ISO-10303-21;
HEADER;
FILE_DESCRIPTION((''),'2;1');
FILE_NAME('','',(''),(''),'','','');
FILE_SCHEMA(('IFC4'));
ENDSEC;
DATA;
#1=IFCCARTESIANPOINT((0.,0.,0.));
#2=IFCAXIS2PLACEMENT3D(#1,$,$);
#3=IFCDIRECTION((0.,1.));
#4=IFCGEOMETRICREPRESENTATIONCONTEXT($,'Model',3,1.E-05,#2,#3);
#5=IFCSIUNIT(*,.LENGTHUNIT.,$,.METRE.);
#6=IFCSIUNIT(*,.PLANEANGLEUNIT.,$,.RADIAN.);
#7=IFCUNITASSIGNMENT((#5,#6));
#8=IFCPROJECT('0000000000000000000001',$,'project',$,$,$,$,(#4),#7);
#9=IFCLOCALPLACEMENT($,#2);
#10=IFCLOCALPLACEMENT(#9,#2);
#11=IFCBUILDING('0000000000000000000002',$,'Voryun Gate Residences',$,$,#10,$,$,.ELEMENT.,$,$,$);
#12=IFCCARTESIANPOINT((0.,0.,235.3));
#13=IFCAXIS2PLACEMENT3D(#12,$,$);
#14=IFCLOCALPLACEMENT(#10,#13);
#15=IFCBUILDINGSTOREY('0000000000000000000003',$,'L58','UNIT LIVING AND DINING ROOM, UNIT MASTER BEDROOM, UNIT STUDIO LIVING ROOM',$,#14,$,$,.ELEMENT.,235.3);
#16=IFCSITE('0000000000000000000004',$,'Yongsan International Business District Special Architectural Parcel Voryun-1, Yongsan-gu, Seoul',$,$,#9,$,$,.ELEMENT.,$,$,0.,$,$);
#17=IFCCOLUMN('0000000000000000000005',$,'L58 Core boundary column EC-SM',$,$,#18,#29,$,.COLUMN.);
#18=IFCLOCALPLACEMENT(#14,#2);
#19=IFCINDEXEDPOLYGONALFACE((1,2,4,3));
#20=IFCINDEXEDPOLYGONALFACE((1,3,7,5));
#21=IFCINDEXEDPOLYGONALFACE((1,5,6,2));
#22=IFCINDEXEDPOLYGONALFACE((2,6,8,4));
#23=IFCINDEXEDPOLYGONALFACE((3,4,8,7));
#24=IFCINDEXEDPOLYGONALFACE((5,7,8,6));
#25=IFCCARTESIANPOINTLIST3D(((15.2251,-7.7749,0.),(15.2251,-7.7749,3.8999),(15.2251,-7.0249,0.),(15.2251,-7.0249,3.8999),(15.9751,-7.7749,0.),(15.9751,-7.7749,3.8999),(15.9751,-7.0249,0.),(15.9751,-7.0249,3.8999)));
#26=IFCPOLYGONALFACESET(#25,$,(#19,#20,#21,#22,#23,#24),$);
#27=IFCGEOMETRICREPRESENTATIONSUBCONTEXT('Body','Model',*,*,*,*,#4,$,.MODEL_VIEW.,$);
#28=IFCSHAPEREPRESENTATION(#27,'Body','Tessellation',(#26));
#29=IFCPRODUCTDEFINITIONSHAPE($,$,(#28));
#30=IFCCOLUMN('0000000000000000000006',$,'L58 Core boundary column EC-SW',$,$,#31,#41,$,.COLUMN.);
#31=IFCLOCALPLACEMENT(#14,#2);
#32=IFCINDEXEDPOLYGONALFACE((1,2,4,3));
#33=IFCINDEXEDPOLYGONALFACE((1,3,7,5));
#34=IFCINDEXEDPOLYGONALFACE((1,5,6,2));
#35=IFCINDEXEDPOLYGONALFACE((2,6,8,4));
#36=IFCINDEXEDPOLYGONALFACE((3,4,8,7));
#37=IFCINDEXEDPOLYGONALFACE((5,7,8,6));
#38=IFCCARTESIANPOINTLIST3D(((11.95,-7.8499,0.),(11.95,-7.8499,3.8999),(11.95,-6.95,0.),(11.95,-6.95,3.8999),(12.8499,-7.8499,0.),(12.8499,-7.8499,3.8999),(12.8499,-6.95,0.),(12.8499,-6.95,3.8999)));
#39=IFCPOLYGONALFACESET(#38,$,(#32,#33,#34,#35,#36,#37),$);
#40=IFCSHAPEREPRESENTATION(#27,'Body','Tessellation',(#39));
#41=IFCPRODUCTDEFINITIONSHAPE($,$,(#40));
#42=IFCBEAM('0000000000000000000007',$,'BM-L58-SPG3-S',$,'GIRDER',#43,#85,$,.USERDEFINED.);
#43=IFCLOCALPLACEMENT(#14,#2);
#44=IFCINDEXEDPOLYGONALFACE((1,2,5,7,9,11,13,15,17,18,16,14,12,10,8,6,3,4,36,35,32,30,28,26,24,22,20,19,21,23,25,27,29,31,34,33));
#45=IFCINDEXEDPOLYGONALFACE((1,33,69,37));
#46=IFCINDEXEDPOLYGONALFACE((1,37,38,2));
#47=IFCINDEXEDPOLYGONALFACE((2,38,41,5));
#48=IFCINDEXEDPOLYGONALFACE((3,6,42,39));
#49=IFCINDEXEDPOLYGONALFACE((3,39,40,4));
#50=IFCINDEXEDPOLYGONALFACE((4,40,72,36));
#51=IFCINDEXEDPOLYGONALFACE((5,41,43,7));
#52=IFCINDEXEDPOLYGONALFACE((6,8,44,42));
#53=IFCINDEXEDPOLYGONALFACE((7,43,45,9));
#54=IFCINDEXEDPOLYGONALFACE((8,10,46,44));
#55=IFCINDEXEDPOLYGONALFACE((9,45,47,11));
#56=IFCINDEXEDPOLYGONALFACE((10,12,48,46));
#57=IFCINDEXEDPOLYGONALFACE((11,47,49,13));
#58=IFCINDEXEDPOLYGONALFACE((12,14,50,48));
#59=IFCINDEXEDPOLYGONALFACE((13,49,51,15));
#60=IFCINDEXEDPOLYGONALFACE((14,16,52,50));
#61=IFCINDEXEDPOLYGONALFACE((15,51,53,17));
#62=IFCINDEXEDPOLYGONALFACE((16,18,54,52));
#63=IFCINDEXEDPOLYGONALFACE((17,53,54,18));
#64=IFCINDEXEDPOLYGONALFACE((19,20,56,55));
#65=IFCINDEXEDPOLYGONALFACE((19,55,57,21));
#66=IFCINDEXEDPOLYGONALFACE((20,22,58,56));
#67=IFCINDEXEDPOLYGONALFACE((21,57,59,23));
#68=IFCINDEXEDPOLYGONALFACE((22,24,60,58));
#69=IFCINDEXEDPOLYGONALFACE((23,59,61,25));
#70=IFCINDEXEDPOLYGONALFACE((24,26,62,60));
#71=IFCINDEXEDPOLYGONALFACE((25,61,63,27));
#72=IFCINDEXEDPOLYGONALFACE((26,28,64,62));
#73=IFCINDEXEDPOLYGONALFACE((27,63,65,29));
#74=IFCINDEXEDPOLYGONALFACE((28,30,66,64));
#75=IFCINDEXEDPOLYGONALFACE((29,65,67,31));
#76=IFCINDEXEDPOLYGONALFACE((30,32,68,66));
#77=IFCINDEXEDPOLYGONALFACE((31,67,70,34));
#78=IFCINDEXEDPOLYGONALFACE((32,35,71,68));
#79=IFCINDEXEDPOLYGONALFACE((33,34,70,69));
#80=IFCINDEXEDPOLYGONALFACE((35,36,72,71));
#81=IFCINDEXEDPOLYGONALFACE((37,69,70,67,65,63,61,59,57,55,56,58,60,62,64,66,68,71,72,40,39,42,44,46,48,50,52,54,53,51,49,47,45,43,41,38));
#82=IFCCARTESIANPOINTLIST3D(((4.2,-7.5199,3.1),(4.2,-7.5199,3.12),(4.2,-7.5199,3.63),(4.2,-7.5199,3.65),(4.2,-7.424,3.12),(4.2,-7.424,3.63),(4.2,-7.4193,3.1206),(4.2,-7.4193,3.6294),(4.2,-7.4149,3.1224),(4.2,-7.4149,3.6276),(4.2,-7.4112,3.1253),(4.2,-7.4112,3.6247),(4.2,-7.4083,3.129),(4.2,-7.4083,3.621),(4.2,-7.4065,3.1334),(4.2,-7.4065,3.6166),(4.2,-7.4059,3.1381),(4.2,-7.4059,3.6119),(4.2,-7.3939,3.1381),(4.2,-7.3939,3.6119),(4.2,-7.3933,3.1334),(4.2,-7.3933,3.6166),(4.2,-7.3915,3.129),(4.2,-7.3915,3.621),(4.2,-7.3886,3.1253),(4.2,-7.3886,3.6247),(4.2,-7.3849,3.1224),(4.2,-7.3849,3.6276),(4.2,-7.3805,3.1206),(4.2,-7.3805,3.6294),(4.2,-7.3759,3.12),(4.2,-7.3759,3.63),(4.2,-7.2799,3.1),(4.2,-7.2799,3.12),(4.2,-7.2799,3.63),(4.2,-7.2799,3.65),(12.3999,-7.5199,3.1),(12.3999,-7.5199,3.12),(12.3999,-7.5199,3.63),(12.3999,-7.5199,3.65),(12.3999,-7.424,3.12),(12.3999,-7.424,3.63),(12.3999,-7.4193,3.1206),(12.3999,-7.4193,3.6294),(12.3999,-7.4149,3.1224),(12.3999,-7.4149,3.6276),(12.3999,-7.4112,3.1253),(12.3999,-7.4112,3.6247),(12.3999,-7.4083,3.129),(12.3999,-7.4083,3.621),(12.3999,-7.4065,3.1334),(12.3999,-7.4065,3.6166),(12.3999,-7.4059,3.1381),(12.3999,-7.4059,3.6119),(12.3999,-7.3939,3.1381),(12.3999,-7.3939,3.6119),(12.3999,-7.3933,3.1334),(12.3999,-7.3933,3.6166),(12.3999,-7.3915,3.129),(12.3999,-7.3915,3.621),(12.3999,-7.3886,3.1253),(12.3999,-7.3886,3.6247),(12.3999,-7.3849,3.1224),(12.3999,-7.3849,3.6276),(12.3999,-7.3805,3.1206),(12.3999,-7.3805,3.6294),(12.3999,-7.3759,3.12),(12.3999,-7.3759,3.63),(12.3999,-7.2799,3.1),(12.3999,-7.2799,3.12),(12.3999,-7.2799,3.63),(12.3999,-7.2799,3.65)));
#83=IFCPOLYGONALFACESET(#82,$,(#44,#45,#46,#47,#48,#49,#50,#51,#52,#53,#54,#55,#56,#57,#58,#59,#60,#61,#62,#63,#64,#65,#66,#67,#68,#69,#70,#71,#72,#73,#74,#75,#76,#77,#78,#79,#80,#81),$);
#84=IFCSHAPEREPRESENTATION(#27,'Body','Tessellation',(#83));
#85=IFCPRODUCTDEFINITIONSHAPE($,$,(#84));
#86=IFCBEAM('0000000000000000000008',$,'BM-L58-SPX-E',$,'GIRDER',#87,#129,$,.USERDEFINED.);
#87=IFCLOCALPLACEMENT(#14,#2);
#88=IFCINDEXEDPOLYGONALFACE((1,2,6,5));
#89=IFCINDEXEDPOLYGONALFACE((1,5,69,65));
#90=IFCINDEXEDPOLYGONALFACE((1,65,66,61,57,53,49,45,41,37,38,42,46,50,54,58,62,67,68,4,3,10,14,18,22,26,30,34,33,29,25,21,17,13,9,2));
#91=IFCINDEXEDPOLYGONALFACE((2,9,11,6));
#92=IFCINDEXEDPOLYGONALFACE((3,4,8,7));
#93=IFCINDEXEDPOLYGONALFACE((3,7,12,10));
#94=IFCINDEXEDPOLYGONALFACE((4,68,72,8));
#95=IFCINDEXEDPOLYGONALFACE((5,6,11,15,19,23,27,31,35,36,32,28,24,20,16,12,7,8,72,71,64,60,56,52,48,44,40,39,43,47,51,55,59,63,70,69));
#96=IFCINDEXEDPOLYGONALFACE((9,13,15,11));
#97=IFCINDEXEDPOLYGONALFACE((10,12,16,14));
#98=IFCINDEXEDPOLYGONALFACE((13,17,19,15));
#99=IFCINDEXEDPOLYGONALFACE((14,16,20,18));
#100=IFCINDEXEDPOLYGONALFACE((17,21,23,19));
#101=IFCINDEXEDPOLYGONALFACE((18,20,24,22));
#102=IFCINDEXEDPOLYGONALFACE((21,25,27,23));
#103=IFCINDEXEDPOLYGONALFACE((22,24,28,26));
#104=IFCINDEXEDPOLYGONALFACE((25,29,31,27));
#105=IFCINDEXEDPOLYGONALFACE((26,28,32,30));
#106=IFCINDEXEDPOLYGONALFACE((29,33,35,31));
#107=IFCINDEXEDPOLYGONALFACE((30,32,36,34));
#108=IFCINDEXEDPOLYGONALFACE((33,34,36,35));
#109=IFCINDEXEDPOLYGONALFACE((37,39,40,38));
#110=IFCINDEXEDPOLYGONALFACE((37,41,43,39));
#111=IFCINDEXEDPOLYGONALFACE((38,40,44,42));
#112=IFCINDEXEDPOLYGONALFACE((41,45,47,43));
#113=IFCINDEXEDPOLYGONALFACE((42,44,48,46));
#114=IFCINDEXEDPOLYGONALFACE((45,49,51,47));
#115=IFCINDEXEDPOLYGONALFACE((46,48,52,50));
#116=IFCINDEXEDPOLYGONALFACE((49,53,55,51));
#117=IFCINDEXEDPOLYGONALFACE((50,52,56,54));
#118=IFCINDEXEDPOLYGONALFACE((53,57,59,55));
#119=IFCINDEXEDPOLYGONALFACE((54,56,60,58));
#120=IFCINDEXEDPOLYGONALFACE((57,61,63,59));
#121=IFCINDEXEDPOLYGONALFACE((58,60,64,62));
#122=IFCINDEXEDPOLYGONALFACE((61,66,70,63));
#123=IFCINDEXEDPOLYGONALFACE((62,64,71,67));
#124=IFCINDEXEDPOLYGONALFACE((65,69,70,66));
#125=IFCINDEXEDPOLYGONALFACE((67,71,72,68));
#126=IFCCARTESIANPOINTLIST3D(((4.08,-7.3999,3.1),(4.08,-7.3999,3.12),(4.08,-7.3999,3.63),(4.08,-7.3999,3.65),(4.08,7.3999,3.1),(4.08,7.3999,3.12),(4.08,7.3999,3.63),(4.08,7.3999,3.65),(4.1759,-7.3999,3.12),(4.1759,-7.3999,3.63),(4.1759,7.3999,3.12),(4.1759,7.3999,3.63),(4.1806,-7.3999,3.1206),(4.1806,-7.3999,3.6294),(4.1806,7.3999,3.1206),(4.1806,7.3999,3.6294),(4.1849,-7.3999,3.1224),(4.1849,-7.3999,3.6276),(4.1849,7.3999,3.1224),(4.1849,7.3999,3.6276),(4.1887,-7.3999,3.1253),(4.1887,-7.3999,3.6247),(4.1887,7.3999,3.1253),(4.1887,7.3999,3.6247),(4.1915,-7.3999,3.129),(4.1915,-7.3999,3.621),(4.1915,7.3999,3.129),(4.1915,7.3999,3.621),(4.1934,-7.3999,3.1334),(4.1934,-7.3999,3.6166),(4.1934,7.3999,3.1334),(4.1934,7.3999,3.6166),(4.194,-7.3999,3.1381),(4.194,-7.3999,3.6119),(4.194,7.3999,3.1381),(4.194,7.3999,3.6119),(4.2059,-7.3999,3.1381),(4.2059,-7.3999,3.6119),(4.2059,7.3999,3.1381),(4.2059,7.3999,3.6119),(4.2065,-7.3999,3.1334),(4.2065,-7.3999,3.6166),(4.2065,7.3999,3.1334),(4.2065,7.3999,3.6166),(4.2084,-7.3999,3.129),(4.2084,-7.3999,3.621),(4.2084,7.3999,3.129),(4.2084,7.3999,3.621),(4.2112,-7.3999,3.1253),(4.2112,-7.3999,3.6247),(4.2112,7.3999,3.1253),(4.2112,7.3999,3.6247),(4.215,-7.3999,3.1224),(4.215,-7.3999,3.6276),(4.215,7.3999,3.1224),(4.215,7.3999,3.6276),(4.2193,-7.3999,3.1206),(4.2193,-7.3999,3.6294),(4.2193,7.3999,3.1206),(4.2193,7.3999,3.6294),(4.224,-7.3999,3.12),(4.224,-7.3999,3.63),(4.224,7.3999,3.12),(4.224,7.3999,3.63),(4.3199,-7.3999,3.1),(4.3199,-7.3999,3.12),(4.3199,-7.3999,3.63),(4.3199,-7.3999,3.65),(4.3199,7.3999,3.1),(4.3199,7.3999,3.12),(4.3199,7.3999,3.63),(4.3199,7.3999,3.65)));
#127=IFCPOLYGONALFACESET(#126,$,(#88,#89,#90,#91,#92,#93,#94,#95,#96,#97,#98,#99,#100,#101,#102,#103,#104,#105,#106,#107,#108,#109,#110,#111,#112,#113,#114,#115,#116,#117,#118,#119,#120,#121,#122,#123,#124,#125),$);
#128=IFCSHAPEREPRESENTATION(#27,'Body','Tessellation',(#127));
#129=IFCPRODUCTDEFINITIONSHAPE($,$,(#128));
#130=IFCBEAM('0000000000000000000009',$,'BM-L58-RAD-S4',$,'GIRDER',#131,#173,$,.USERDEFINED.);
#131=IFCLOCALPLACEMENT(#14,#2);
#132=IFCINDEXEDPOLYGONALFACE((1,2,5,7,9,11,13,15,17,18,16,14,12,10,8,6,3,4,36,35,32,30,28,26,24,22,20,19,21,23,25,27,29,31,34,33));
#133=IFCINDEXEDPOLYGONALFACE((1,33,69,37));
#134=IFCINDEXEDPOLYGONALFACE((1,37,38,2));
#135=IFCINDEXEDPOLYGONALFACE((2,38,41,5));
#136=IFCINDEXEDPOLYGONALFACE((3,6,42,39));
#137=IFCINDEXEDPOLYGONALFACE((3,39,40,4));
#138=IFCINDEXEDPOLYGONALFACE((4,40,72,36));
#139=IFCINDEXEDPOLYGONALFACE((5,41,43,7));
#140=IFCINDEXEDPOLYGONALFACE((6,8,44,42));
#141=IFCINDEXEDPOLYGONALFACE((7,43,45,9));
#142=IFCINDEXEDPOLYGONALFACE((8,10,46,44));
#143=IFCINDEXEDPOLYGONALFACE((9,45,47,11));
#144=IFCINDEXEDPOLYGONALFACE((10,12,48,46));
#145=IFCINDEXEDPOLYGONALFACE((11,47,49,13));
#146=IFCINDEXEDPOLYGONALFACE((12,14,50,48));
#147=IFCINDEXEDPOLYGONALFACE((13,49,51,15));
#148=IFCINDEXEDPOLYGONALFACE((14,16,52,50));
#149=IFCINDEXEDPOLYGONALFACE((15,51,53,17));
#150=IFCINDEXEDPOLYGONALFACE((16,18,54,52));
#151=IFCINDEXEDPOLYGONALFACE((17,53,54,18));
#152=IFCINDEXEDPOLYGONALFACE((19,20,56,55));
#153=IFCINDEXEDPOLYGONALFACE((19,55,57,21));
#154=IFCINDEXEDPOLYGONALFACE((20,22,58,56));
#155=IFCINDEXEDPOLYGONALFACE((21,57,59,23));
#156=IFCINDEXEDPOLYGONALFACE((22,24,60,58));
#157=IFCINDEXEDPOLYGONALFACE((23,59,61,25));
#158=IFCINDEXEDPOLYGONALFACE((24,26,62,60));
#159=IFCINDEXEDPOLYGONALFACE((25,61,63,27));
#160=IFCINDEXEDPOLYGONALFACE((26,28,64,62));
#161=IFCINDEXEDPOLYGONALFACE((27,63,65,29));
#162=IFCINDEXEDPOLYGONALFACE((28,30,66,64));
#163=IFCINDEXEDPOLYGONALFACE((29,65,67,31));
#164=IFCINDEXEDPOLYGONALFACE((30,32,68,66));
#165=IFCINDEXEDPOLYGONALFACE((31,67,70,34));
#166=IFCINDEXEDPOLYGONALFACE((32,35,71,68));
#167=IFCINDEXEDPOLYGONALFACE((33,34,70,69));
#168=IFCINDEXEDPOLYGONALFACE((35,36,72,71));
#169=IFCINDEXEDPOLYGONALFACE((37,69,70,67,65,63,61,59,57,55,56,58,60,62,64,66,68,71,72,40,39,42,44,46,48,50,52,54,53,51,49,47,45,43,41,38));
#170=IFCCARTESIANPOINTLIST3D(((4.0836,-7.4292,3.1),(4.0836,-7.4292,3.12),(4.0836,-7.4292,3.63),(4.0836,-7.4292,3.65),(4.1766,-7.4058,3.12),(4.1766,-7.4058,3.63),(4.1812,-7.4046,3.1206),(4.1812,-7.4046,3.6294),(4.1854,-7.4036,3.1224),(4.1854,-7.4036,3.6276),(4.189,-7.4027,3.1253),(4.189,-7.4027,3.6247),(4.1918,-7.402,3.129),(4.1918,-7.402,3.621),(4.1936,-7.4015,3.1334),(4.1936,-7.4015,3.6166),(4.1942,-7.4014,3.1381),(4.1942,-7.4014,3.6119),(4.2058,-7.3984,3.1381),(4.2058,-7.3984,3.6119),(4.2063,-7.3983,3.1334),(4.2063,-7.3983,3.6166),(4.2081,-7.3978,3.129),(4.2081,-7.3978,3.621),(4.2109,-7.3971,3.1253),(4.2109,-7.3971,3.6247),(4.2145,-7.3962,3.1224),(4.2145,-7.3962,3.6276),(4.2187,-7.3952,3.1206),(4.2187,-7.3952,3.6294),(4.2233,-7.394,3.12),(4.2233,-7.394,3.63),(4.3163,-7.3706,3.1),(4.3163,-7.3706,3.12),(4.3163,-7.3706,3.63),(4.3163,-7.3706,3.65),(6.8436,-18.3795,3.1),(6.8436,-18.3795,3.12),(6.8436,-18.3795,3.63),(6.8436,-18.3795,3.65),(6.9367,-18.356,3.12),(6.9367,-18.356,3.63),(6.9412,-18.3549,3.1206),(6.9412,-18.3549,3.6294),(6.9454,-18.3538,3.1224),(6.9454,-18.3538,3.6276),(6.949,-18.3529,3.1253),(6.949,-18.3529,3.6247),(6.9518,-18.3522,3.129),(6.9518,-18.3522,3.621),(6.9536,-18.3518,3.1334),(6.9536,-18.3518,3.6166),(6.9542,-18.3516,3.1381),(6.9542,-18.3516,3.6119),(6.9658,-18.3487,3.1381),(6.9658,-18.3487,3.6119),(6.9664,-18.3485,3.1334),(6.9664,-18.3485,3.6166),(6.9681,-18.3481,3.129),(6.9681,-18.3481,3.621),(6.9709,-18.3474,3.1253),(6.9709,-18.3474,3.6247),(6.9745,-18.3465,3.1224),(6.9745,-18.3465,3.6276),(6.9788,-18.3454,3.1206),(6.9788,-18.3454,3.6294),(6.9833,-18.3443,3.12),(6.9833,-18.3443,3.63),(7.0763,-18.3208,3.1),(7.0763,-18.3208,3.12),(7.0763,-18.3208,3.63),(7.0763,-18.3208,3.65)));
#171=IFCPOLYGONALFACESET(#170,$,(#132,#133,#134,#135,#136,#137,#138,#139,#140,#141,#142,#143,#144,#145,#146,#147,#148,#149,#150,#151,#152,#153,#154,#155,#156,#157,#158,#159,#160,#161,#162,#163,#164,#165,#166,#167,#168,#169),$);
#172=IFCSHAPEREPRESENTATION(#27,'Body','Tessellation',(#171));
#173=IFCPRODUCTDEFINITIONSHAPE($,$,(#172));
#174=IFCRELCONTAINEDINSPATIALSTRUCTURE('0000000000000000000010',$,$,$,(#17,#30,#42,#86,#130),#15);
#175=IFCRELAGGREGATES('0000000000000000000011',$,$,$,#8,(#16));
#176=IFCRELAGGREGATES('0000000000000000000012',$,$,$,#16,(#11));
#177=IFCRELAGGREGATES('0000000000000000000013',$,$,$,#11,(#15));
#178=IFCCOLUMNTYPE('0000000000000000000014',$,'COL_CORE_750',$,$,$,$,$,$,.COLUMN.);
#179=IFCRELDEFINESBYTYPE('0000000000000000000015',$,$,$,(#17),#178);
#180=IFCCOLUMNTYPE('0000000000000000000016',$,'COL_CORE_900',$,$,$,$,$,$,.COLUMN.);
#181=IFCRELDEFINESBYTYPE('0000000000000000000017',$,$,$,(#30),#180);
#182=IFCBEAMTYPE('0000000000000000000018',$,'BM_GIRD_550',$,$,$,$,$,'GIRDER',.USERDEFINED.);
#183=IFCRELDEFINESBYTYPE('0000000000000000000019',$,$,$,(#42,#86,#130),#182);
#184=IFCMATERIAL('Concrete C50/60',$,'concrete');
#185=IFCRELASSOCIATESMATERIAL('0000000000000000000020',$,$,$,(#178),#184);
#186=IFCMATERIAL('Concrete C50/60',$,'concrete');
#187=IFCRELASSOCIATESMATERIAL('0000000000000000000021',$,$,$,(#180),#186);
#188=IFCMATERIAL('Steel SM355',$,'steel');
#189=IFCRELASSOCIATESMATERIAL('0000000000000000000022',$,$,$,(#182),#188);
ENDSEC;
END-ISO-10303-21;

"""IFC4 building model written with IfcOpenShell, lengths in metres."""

from ifc_helpers import new_model, si_unit, direction, frame, origin, origin_2d, place, context, subcontext, project, spatial, rectangle, i_section, extrude, material, material_profile, profile_set, type_object, element, save


model = new_model("IFC4")

# Units and contexts
model_context = context("Model", 3, precision=1e-05, world=origin(), true_north=direction((0.0, 1.0)))
body_context = subcontext(model_context, "Body", "Model", "MODEL_VIEW")
ifc_project = project(units=[si_unit("LENGTHUNIT", "METRE"), si_unit("PLANEANGLEUNIT", "RADIAN")], contexts=[model_context])

# Site, building, storey
site_placement = place(None, origin())
site = spatial("IfcSite", under=ifc_project, at=site_placement, Name="Yongsan International Business District Special Architectural Parcel Voryun-1, Yongsan-gu, Seoul", CompositionType="ELEMENT", RefElevation=0.0)
building_placement = place(site_placement, origin())
building = spatial("IfcBuilding", under=site, at=building_placement, Name="Voryun Gate Residences", CompositionType="ELEMENT")
storey_placement = place(building_placement, frame((0.0, 0.0, 235.3)))
storey = spatial("IfcBuildingStorey", under=building, at=storey_placement, Name="L58", Description="UNIT LIVING AND DINING ROOM, UNIT MASTER BEDROOM, UNIT STUDIO LIVING ROOM", CompositionType="ELEMENT", Elevation=235.3)

# Columns
ifc_material_1 = material(Name="Concrete C50/60", Category="concrete")
ifc_material_profile_1 = material_profile(ifc_material_1, rectangle(XDim=0.75, YDim=0.75, at=origin_2d()), Name="RC-750x750")
ifc_profile_set_1 = profile_set([ifc_material_profile_1], Name="Concrete C50/60")
column_type_1 = type_object("IfcColumnType", Name="COL_CORE_750", PredefinedType="COLUMN", material=ifc_profile_set_1)
column_1_placement = place(storey_placement, frame((15.6001, -7.3999, 0.0), z_axis=(0.0, 0.0, 1.0), x_axis=(1.0, 0.0, 0.0)))
element("IfcColumn", 1, at=column_1_placement, inside=storey, type_object=column_type_1, Name="L58 Core boundary column EC-SM", PredefinedType="COLUMN", context=body_context, shape_type="SweptSolid", body=[
    extrude(rectangle(XDim=0.75, YDim=0.75, at=origin_2d()), origin(), (0.0, 0.0, 1.0), 3.8999),
])
ifc_material_2 = material(Name="Concrete C50/60", Category="concrete")
ifc_material_profile_2 = material_profile(ifc_material_2, rectangle(XDim=0.8999, YDim=0.8999, at=origin_2d()), Name="RC-900x900")
ifc_profile_set_2 = profile_set([ifc_material_profile_2], Name="Concrete C50/60")
column_type_2 = type_object("IfcColumnType", Name="COL_CORE_900", PredefinedType="COLUMN", material=ifc_profile_set_2)
column_2_placement = place(storey_placement, frame((12.3999, -7.3999, 0.0), z_axis=(0.0, 0.0, 1.0), x_axis=(1.0, 0.0, 0.0)))
element("IfcColumn", 2, at=column_2_placement, inside=storey, type_object=column_type_2, Name="L58 Core boundary column EC-SW", PredefinedType="COLUMN", context=body_context, shape_type="SweptSolid", body=[
    extrude(rectangle(XDim=0.8999, YDim=0.8999, at=origin_2d()), origin(), (0.0, 0.0, 1.0), 3.8999),
])

# Beams
ifc_material_3 = material(Name="Steel SM355", Category="steel")
ifc_material_profile_3 = material_profile(ifc_material_3, i_section(OverallWidth=0.24, OverallDepth=0.55, WebThickness=0.012, FlangeThickness=0.02, FilletRadius=0.0181, at=origin_2d()), Name="H-550x240x12x20")
ifc_profile_set_3 = profile_set([ifc_material_profile_3], Name="Steel SM355")
beam_type_1 = type_object("IfcBeamType", Name="BM_GIRD_550", ElementType="GIRDER", PredefinedType="USERDEFINED", material=ifc_profile_set_3)
beam_1_placement = place(storey_placement, frame((4.2, -7.3999, 3.375), z_axis=(1.0, 0.0, 0.0), x_axis=(0.0, 1.0, 0.0)))
element("IfcBeam", 3, at=beam_1_placement, inside=storey, type_object=beam_type_1, Name="BM-L58-SPG3-S", ObjectType="GIRDER", PredefinedType="USERDEFINED", context=body_context, shape_type="SweptSolid", body=[
    extrude(i_section(OverallWidth=0.24, OverallDepth=0.55, WebThickness=0.012, FlangeThickness=0.02, FilletRadius=0.0181, at=origin_2d()), origin(), (0.0, 0.0, 1.0), 8.2),
])
beam_2_placement = place(storey_placement, frame((4.2, -7.3999, 3.375), z_axis=(0.0, 1.0, 0.0), x_axis=(-1.0, 0.0, 0.0)))
element("IfcBeam", 4, at=beam_2_placement, inside=storey, type_object=beam_type_1, Name="BM-L58-SPX-E", ObjectType="GIRDER", PredefinedType="USERDEFINED", context=body_context, shape_type="SweptSolid", body=[
    extrude(i_section(OverallWidth=0.24, OverallDepth=0.55, WebThickness=0.012, FlangeThickness=0.02, FilletRadius=0.0181, at=origin_2d()), origin(), (0.0, 0.0, 1.0), 14.7998),
])
beam_3_placement = place(storey_placement, frame((4.2, -7.3999, 3.375), z_axis=(0.244407, -0.969673, 0.0), x_axis=(0.969673, 0.244407, 0.0)))
element("IfcBeam", 5, at=beam_3_placement, inside=storey, type_object=beam_type_1, Name="BM-L58-RAD-S4", ObjectType="GIRDER", PredefinedType="USERDEFINED", context=body_context, shape_type="SweptSolid", body=[
    extrude(i_section(OverallWidth=0.24, OverallDepth=0.55, WebThickness=0.012, FlangeThickness=0.02, FilletRadius=0.0181, at=origin_2d()), origin(), (0.0, 0.0, 1.0), 11.2927),
])

save(model, "model.ifc")
